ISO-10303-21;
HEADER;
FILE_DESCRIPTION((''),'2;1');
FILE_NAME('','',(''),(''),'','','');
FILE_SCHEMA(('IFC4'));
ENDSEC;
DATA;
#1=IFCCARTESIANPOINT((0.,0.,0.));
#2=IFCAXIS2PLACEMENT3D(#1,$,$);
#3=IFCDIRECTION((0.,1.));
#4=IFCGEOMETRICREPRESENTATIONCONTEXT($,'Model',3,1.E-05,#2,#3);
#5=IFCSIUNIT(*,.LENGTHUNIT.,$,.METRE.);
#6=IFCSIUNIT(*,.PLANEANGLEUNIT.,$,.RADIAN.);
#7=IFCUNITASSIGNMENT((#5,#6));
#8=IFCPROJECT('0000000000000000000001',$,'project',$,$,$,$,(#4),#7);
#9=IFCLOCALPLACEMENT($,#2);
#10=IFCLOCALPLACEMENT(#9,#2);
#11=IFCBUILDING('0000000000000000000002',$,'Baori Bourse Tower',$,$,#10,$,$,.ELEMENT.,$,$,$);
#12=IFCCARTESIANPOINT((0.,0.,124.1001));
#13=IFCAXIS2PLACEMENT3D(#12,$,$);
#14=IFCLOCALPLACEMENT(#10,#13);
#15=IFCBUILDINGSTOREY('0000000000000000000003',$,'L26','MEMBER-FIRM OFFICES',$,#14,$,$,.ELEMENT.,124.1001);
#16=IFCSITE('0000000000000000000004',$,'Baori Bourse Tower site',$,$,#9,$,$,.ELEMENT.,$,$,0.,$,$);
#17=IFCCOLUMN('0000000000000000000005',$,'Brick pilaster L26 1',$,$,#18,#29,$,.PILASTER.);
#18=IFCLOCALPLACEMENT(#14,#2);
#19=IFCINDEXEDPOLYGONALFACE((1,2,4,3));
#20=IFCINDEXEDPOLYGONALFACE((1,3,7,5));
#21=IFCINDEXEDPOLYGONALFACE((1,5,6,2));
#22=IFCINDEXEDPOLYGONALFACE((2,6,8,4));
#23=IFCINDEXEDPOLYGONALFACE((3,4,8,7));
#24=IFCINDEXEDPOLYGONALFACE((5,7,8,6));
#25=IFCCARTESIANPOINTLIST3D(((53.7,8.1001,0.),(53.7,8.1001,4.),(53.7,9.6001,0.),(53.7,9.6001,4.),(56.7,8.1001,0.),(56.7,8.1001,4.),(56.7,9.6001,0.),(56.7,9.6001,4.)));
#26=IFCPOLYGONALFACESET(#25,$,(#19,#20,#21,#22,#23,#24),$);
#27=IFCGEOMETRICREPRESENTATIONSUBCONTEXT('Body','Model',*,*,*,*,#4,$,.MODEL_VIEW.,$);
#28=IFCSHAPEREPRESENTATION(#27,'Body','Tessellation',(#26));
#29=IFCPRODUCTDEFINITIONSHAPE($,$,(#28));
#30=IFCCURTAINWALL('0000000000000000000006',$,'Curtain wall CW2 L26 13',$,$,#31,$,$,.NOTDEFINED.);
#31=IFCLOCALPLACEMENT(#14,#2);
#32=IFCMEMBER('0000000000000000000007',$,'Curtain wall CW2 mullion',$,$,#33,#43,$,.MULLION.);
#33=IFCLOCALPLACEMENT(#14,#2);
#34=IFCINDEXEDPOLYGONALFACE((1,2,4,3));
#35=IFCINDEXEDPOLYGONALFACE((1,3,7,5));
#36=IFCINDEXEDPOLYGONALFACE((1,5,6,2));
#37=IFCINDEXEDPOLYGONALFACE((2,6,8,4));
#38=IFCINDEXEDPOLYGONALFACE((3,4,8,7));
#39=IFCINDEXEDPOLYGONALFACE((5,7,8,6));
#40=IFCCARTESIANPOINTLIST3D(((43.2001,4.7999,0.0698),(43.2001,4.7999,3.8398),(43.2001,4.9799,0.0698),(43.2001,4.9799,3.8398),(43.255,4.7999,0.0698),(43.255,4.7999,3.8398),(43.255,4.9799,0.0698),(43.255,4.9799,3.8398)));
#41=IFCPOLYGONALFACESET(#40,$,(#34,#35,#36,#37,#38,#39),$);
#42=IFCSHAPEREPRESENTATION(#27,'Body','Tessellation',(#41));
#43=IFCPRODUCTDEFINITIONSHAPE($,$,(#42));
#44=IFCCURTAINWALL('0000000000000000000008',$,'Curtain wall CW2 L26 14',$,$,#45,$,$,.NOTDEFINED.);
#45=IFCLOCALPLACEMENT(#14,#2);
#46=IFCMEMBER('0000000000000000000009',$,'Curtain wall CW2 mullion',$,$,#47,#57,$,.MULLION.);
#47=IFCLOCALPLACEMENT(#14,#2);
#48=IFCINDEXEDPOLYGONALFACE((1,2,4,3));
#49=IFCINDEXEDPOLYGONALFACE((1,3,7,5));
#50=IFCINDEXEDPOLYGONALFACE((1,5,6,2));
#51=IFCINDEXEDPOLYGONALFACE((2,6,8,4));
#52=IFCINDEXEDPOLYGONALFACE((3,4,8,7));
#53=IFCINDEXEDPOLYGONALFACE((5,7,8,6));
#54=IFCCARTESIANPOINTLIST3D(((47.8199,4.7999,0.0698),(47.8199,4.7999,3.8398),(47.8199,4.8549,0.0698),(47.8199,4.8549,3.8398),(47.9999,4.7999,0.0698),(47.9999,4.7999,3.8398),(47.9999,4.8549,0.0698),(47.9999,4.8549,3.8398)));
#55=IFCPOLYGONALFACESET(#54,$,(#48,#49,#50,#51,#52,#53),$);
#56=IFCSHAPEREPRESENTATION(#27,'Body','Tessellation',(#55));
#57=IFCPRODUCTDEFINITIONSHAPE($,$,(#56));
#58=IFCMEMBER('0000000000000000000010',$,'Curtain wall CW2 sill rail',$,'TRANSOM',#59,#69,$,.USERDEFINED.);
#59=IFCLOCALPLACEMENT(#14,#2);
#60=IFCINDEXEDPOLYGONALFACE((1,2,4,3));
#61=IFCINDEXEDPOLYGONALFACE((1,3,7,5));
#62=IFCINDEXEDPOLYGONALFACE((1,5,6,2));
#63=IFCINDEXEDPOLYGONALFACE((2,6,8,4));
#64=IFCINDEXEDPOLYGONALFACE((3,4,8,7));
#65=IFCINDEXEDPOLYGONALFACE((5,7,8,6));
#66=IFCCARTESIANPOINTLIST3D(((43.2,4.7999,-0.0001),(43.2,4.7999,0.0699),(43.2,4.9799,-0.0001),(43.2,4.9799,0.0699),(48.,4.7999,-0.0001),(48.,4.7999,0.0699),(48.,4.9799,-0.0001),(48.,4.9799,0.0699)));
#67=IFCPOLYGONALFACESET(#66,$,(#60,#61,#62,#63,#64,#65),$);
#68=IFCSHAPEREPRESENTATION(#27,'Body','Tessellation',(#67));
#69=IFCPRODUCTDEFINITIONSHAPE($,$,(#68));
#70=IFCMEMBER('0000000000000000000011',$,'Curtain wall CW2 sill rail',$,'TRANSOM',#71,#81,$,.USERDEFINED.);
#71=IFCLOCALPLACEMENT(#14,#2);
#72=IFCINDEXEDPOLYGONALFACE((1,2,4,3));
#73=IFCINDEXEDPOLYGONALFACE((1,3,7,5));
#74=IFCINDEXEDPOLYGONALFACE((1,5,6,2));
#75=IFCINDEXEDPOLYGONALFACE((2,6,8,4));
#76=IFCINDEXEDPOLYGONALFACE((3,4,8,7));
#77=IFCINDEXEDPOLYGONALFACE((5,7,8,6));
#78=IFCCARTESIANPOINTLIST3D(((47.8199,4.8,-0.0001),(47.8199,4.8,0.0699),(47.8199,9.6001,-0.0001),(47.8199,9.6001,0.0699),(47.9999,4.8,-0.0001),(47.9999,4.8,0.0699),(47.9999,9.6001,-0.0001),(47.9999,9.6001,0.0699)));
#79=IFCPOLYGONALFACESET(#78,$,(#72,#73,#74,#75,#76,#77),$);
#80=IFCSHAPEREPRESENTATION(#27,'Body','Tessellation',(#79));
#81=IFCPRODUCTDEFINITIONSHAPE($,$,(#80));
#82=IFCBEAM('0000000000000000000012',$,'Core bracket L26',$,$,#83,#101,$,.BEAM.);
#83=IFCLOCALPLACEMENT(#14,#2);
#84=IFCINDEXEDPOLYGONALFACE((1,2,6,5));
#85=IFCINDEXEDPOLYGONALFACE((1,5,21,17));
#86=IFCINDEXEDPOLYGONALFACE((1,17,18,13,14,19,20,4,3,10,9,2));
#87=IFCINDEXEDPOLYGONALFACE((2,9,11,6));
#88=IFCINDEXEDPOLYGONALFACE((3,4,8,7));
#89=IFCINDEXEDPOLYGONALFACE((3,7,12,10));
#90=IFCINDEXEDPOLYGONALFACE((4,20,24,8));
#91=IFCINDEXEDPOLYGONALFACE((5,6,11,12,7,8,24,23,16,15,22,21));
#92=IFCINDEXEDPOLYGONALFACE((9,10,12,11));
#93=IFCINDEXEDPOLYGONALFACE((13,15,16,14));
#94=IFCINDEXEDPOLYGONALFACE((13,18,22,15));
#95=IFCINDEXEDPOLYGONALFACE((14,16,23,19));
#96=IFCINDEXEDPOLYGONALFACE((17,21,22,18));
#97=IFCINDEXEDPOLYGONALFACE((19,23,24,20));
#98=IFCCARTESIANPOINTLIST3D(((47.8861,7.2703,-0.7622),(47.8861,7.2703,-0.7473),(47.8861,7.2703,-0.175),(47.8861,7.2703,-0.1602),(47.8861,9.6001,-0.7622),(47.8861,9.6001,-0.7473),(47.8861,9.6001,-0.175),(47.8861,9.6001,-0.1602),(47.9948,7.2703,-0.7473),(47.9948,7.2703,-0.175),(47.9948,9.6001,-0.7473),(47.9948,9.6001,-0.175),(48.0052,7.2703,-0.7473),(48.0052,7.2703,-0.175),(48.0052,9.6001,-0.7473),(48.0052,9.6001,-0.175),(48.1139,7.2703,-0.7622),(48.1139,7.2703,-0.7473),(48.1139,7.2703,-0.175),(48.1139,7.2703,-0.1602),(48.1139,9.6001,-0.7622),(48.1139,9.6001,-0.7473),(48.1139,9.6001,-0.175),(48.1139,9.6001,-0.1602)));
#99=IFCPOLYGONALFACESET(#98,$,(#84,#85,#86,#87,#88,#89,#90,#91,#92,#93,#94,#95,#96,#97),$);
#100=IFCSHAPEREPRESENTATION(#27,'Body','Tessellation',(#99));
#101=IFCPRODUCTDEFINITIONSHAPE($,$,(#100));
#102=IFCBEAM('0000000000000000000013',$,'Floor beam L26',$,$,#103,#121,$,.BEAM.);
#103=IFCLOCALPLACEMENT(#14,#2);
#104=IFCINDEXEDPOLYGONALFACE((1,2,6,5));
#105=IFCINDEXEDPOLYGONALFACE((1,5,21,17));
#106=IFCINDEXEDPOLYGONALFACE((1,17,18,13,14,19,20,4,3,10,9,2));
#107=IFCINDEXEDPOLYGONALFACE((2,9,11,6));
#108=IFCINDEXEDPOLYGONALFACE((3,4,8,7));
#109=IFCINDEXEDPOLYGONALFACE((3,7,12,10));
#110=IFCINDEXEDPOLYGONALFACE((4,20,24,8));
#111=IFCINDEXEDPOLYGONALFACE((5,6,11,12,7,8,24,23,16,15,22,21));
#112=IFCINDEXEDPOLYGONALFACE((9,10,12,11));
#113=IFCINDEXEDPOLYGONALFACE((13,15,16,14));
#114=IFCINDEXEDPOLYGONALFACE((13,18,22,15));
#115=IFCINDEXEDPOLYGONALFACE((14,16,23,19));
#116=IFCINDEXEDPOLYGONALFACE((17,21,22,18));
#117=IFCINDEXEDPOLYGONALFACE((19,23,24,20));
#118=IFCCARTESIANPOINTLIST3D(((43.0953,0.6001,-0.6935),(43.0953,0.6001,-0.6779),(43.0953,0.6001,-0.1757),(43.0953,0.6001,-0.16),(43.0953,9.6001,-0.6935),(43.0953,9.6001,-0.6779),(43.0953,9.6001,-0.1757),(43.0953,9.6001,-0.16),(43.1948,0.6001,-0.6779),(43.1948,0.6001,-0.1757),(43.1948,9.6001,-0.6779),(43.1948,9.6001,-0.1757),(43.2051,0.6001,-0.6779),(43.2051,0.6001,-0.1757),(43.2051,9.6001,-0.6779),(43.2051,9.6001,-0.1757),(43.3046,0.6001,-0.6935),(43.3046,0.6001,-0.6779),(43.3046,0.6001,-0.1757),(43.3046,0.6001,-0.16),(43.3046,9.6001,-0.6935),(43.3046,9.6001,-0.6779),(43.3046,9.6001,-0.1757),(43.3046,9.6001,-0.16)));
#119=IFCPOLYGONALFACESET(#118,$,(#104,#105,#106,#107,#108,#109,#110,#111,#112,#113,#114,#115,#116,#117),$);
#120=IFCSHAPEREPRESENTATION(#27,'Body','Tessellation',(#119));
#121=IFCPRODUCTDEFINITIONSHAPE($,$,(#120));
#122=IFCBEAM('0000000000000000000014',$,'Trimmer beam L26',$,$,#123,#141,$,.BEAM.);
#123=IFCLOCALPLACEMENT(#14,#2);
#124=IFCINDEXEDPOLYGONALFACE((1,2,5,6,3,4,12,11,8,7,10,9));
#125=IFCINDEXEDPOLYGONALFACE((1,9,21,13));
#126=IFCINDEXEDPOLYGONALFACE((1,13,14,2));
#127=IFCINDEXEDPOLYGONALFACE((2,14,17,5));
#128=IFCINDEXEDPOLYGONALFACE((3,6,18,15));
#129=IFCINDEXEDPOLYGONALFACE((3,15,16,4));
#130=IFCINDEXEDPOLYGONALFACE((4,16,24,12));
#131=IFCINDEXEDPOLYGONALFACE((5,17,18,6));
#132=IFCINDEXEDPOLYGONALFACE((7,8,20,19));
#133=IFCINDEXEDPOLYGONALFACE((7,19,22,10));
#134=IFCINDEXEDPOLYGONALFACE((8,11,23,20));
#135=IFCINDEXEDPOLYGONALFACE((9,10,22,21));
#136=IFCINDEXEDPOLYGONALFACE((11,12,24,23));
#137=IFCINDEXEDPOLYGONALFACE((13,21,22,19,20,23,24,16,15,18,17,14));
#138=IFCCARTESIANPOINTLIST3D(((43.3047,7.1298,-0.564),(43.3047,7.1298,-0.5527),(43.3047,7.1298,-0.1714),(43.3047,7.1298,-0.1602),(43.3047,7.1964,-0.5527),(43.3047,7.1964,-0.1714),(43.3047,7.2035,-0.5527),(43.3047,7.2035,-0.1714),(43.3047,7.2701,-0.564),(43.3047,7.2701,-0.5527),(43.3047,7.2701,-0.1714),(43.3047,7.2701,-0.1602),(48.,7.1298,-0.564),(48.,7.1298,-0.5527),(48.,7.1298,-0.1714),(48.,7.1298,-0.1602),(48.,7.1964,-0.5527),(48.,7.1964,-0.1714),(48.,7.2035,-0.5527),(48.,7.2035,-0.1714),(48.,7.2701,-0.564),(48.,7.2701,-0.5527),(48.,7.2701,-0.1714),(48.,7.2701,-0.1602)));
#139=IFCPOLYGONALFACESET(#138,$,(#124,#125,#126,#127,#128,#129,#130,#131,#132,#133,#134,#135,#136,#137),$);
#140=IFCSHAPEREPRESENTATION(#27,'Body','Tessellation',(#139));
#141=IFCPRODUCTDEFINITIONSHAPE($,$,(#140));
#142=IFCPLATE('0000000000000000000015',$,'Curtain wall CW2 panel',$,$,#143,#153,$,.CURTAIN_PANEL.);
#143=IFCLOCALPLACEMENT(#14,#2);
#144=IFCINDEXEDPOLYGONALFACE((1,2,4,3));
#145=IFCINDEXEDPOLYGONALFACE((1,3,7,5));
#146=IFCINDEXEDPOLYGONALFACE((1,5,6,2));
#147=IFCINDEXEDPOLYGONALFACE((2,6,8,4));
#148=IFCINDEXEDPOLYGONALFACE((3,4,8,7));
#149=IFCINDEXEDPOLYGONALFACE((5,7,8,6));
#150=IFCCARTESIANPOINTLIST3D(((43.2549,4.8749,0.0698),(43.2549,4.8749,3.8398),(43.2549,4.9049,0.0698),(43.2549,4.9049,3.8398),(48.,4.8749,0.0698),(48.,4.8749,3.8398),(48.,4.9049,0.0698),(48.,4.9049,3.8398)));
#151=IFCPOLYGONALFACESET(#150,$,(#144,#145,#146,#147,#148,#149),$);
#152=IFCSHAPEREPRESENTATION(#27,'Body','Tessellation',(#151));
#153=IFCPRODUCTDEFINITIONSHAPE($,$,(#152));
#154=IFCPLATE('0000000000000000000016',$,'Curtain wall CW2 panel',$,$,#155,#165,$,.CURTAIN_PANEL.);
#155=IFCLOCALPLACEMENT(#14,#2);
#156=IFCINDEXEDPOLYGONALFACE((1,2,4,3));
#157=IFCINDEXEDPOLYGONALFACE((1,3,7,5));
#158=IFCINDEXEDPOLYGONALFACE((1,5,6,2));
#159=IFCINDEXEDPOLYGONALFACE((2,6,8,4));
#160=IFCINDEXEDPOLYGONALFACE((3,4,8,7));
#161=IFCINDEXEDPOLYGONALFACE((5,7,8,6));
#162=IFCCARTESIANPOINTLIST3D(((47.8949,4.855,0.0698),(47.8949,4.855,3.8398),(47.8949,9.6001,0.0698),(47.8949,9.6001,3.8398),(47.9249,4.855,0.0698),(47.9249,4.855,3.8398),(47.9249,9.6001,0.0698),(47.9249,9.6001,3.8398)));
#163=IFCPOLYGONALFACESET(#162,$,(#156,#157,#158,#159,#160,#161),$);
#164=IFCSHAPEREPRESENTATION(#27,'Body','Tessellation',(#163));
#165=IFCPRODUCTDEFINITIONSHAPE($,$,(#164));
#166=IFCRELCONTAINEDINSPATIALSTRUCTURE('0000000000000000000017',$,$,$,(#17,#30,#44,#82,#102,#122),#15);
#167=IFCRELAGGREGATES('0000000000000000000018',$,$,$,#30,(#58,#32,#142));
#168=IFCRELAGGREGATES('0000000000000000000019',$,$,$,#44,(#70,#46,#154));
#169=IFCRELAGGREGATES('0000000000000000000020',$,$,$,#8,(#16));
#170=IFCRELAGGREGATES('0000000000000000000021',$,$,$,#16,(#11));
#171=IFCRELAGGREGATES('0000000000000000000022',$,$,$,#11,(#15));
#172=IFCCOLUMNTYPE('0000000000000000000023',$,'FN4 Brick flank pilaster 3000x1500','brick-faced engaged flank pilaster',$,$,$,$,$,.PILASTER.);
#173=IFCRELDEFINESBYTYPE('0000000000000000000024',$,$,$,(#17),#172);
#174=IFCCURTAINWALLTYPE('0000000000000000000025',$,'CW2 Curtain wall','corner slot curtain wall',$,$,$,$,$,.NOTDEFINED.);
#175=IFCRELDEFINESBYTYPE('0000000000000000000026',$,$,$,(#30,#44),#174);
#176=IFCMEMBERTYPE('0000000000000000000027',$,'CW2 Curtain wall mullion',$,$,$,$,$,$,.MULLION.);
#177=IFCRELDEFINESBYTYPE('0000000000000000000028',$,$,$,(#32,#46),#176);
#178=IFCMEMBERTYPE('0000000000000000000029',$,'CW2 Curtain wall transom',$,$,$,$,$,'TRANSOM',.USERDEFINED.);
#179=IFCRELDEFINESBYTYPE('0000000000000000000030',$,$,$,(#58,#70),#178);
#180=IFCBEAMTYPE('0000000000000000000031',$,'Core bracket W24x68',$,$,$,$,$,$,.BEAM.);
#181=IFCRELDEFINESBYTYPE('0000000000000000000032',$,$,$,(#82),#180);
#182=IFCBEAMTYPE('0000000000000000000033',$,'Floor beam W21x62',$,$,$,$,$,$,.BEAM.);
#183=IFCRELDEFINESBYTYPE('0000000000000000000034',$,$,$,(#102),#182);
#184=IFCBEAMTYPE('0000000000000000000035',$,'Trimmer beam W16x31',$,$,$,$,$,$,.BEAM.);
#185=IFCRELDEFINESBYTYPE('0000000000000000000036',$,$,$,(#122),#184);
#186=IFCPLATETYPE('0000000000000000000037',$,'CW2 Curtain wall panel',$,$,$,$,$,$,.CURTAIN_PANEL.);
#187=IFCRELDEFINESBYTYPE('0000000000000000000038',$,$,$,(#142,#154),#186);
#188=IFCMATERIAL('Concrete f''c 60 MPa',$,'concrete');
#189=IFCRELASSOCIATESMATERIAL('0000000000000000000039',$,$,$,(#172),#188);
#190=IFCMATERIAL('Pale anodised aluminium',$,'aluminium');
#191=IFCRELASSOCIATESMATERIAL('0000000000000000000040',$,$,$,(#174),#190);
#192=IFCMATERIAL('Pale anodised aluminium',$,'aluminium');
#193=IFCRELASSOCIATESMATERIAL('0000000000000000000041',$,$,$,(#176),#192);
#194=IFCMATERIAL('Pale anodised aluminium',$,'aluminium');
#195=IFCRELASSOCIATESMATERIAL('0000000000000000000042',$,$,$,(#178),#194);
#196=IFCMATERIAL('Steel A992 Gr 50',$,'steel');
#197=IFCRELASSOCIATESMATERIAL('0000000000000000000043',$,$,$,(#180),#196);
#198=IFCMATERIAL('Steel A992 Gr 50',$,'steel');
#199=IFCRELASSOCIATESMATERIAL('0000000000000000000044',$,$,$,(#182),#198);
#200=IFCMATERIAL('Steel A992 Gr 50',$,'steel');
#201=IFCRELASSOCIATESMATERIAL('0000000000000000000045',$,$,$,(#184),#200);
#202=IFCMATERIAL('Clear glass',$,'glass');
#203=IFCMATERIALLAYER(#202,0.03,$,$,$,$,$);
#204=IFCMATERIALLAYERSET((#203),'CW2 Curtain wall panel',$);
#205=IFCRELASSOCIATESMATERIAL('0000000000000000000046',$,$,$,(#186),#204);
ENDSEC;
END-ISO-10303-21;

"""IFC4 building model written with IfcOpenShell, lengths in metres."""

from ifc_helpers import new_model, si_unit, direction, frame, origin, origin_2d, place, context, subcontext, project, spatial, rectangle, i_section, extrude, material, layer, layer_set, material_profile, profile_set, type_object, element, aggregate, save


model = new_model("IFC4")

# Units and contexts
model_context = context("Model", 3, precision=1e-05, world=origin(), true_north=direction((0.0, 1.0)))
body_context = subcontext(model_context, "Body", "Model", "MODEL_VIEW")
ifc_project = project(units=[si_unit("LENGTHUNIT", "METRE"), si_unit("PLANEANGLEUNIT", "RADIAN")], contexts=[model_context])

# Site, building, storey
site_placement = place(None, origin())
site = spatial("IfcSite", under=ifc_project, at=site_placement, Name="Baori Bourse Tower site", CompositionType="ELEMENT", RefElevation=0.0)
building_placement = place(site_placement, origin())
building = spatial("IfcBuilding", under=site, at=building_placement, Name="Baori Bourse Tower", CompositionType="ELEMENT")
storey_placement = place(building_placement, frame((0.0, 0.0, 124.1001)))
storey = spatial("IfcBuildingStorey", under=building, at=storey_placement, Name="L26", Description="MEMBER-FIRM OFFICES", CompositionType="ELEMENT", Elevation=124.1001)

# Column
ifc_material_1 = material(Name="Concrete f'c 60 MPa", Category="concrete")
ifc_material_profile_1 = material_profile(ifc_material_1, rectangle(XDim=3.0, YDim=1.5, at=origin_2d()), Name="RC 3000x1500")
ifc_profile_set_1 = profile_set([ifc_material_profile_1], Name="Concrete f'c 60 MPa")
column_type = type_object("IfcColumnType", Name="FN4 Brick flank pilaster 3000x1500", Description="brick-faced engaged flank pilaster", PredefinedType="PILASTER", material=ifc_profile_set_1)
column_placement = place(storey_placement, frame((55.2, 8.8501, 0.0), z_axis=(0.0, 0.0, 1.0), x_axis=(1.0, 0.0, 0.0)))
element("IfcColumn", 1, at=column_placement, inside=storey, type_object=column_type, Name="Brick pilaster L26 1", PredefinedType="PILASTER", context=body_context, shape_type="SweptSolid", body=[
    extrude(rectangle(XDim=3.0, YDim=1.5, at=origin_2d()), origin(), (0.0, 0.0, 1.0), 4.0),
])

# Curtain walls, members
ifc_material_2 = material(Name="Pale anodised aluminium", Category="aluminium")
curtain_wall_type = type_object("IfcCurtainWallType", Name="CW2 Curtain wall", Description="corner slot curtain wall", PredefinedType="NOTDEFINED", material=ifc_material_2)
curtain_wall_1_placement = place(storey_placement, origin())
curtain_wall_1 = element("IfcCurtainWall", 2, at=curtain_wall_1_placement, inside=storey, type_object=curtain_wall_type, Name="Curtain wall CW2 L26 13", PredefinedType="NOTDEFINED")
ifc_material_3 = material(Name="Pale anodised aluminium", Category="aluminium")
ifc_material_profile_2 = material_profile(ifc_material_3, rectangle(XDim=0.1799, YDim=0.0549, at=origin_2d()), Name="Mullion 55x180")
ifc_profile_set_2 = profile_set([ifc_material_profile_2], Name="Pale anodised aluminium")
member_type_1 = type_object("IfcMemberType", Name="CW2 Curtain wall mullion", PredefinedType="MULLION", material=ifc_profile_set_2)
member_1_placement = place(storey_placement, frame((43.2275, 4.8899, 0.0698), z_axis=(0.0, 0.0, 1.0), x_axis=(0.0, 1.0, 0.0)))
member_1 = element("IfcMember", 3, at=member_1_placement, type_object=member_type_1, Name="Curtain wall CW2 mullion", PredefinedType="MULLION", context=body_context, shape_type="SweptSolid", body=[
    extrude(rectangle(XDim=0.1799, YDim=0.0549, at=origin_2d()), origin(), (0.0, 0.0, 1.0), 3.77),
])
curtain_wall_2_placement = place(storey_placement, origin())
curtain_wall_2 = element("IfcCurtainWall", 4, at=curtain_wall_2_placement, inside=storey, type_object=curtain_wall_type, Name="Curtain wall CW2 L26 14", PredefinedType="NOTDEFINED")
member_2_placement = place(storey_placement, frame((47.9099, 4.8274, 0.0698), z_axis=(0.0, 0.0, 1.0), x_axis=(-1.0, 0.0, 0.0)))
member_2 = element("IfcMember", 5, at=member_2_placement, type_object=member_type_1, Name="Curtain wall CW2 mullion", PredefinedType="MULLION", context=body_context, shape_type="SweptSolid", body=[
    extrude(rectangle(XDim=0.1799, YDim=0.0549, at=origin_2d()), origin(), (0.0, 0.0, 1.0), 3.77),
])

# Members
ifc_material_4 = material(Name="Pale anodised aluminium", Category="aluminium")
ifc_material_profile_3 = material_profile(ifc_material_4, rectangle(XDim=0.1799, YDim=0.0701, at=origin_2d()), Name="Transom 70x180")
ifc_profile_set_3 = profile_set([ifc_material_profile_3], Name="Pale anodised aluminium")
member_type_2 = type_object("IfcMemberType", Name="CW2 Curtain wall transom", ElementType="TRANSOM", PredefinedType="USERDEFINED", material=ifc_profile_set_3)
member_3_placement = place(storey_placement, frame((43.2, 4.8899, 0.0349), z_axis=(1.0, 0.0, 0.0), x_axis=(0.0, 1.0, 0.0)))
member_3 = element("IfcMember", 6, at=member_3_placement, type_object=member_type_2, Name="Curtain wall CW2 sill rail", ObjectType="TRANSOM", PredefinedType="USERDEFINED", context=body_context, shape_type="SweptSolid", body=[
    extrude(rectangle(XDim=0.1799, YDim=0.0701, at=origin_2d()), origin(), (0.0, 0.0, 1.0), 4.8),
])
member_4_placement = place(storey_placement, frame((47.9099, 4.8, 0.0349), z_axis=(0.0, 1.0, 0.0), x_axis=(-1.0, 0.0, 0.0)))
member_4 = element("IfcMember", 7, at=member_4_placement, type_object=member_type_2, Name="Curtain wall CW2 sill rail", ObjectType="TRANSOM", PredefinedType="USERDEFINED", context=body_context, shape_type="SweptSolid", body=[
    extrude(rectangle(XDim=0.1799, YDim=0.0701, at=origin_2d()), origin(), (0.0, 0.0, 1.0), 4.8),
])

# Beams
ifc_material_5 = material(Name="Steel A992 Gr 50", Category="steel")
ifc_material_profile_4 = material_profile(ifc_material_5, i_section(OverallWidth=0.2278, OverallDepth=0.6021, WebThickness=0.0105, FlangeThickness=0.0149, at=origin_2d()), Name="W24x68")
ifc_profile_set_4 = profile_set([ifc_material_profile_4], Name="Steel A992 Gr 50")
beam_type_1 = type_object("IfcBeamType", Name="Core bracket W24x68", PredefinedType="BEAM", material=ifc_profile_set_4)
beam_1_placement = place(storey_placement, frame((48.0, 7.2703, -0.4612), z_axis=(0.0, 1.0, 0.0), x_axis=(-1.0, 0.0, 0.0)))
element("IfcBeam", 8, at=beam_1_placement, inside=storey, type_object=beam_type_1, Name="Core bracket L26", PredefinedType="BEAM", context=body_context, shape_type="SweptSolid", body=[
    extrude(i_section(OverallWidth=0.2278, OverallDepth=0.6021, WebThickness=0.0105, FlangeThickness=0.0149, at=origin_2d()), origin(), (0.0, 0.0, 1.0), 2.3298),
])
ifc_material_6 = material(Name="Steel A992 Gr 50", Category="steel")
ifc_material_profile_5 = material_profile(ifc_material_6, i_section(OverallWidth=0.2092, OverallDepth=0.5334, WebThickness=0.0103, FlangeThickness=0.0156, at=origin_2d()), Name="W21x62")
ifc_profile_set_5 = profile_set([ifc_material_profile_5], Name="Steel A992 Gr 50")
beam_type_2 = type_object("IfcBeamType", Name="Floor beam W21x62", PredefinedType="BEAM", material=ifc_profile_set_5)
beam_2_placement = place(storey_placement, frame((43.2, 0.6001, -0.4268), z_axis=(0.0, 1.0, 0.0), x_axis=(-1.0, 0.0, 0.0)))
element("IfcBeam", 9, at=beam_2_placement, inside=storey, type_object=beam_type_2, Name="Floor beam L26", PredefinedType="BEAM", context=body_context, shape_type="SweptSolid", body=[
    extrude(i_section(OverallWidth=0.2092, OverallDepth=0.5334, WebThickness=0.0103, FlangeThickness=0.0156, at=origin_2d()), origin(), (0.0, 0.0, 1.0), 9.0),
])
ifc_material_7 = material(Name="Steel A992 Gr 50", Category="steel")
ifc_material_profile_6 = material_profile(ifc_material_7, i_section(OverallWidth=0.1404, OverallDepth=0.4038, WebThickness=0.0071, FlangeThickness=0.0112, at=origin_2d()), Name="W16x31")
ifc_profile_set_6 = profile_set([ifc_material_profile_6], Name="Steel A992 Gr 50")
beam_type_3 = type_object("IfcBeamType", Name="Trimmer beam W16x31", PredefinedType="BEAM", material=ifc_profile_set_6)
beam_3_placement = place(storey_placement, frame((43.3047, 7.2, -0.3621), z_axis=(1.0, 0.0, 0.0), x_axis=(0.0, 1.0, 0.0)))
element("IfcBeam", 10, at=beam_3_placement, inside=storey, type_object=beam_type_3, Name="Trimmer beam L26", PredefinedType="BEAM", context=body_context, shape_type="SweptSolid", body=[
    extrude(i_section(OverallWidth=0.1404, OverallDepth=0.4038, WebThickness=0.0071, FlangeThickness=0.0112, at=origin_2d()), origin(), (0.0, 0.0, 1.0), 4.6953),
])

# Plates
ifc_material_8 = material(Name="Clear glass", Category="glass")
ifc_layer_1 = layer(ifc_material_8, 0.03)
ifc_layer_set_1 = layer_set([ifc_layer_1], Name="CW2 Curtain wall panel")
plate_type = type_object("IfcPlateType", Name="CW2 Curtain wall panel", PredefinedType="CURTAIN_PANEL", material=ifc_layer_set_1)
plate_1_placement = place(storey_placement, frame((45.6274, 4.8899, 0.0698), z_axis=(0.0, 0.0, 1.0), x_axis=(1.0, 0.0, 0.0)))
plate_1 = element("IfcPlate", 11, at=plate_1_placement, type_object=plate_type, Name="Curtain wall CW2 panel", PredefinedType="CURTAIN_PANEL", context=body_context, shape_type="SweptSolid", body=[
    extrude(rectangle(XDim=4.7451, YDim=0.03, at=origin_2d()), origin(), (0.0, 0.0, 1.0), 3.77),
])
aggregate(curtain_wall_1, [member_3, member_1, plate_1])
plate_2_placement = place(storey_placement, frame((47.9099, 7.2275, 0.0698), z_axis=(0.0, 0.0, 1.0), x_axis=(0.0, 1.0, 0.0)))
plate_2 = element("IfcPlate", 12, at=plate_2_placement, type_object=plate_type, Name="Curtain wall CW2 panel", PredefinedType="CURTAIN_PANEL", context=body_context, shape_type="SweptSolid", body=[
    extrude(rectangle(XDim=4.7451, YDim=0.03, at=origin_2d()), origin(), (0.0, 0.0, 1.0), 3.77),
])
aggregate(curtain_wall_2, [member_4, member_2, plate_2])

save(model, "model.ifc")
